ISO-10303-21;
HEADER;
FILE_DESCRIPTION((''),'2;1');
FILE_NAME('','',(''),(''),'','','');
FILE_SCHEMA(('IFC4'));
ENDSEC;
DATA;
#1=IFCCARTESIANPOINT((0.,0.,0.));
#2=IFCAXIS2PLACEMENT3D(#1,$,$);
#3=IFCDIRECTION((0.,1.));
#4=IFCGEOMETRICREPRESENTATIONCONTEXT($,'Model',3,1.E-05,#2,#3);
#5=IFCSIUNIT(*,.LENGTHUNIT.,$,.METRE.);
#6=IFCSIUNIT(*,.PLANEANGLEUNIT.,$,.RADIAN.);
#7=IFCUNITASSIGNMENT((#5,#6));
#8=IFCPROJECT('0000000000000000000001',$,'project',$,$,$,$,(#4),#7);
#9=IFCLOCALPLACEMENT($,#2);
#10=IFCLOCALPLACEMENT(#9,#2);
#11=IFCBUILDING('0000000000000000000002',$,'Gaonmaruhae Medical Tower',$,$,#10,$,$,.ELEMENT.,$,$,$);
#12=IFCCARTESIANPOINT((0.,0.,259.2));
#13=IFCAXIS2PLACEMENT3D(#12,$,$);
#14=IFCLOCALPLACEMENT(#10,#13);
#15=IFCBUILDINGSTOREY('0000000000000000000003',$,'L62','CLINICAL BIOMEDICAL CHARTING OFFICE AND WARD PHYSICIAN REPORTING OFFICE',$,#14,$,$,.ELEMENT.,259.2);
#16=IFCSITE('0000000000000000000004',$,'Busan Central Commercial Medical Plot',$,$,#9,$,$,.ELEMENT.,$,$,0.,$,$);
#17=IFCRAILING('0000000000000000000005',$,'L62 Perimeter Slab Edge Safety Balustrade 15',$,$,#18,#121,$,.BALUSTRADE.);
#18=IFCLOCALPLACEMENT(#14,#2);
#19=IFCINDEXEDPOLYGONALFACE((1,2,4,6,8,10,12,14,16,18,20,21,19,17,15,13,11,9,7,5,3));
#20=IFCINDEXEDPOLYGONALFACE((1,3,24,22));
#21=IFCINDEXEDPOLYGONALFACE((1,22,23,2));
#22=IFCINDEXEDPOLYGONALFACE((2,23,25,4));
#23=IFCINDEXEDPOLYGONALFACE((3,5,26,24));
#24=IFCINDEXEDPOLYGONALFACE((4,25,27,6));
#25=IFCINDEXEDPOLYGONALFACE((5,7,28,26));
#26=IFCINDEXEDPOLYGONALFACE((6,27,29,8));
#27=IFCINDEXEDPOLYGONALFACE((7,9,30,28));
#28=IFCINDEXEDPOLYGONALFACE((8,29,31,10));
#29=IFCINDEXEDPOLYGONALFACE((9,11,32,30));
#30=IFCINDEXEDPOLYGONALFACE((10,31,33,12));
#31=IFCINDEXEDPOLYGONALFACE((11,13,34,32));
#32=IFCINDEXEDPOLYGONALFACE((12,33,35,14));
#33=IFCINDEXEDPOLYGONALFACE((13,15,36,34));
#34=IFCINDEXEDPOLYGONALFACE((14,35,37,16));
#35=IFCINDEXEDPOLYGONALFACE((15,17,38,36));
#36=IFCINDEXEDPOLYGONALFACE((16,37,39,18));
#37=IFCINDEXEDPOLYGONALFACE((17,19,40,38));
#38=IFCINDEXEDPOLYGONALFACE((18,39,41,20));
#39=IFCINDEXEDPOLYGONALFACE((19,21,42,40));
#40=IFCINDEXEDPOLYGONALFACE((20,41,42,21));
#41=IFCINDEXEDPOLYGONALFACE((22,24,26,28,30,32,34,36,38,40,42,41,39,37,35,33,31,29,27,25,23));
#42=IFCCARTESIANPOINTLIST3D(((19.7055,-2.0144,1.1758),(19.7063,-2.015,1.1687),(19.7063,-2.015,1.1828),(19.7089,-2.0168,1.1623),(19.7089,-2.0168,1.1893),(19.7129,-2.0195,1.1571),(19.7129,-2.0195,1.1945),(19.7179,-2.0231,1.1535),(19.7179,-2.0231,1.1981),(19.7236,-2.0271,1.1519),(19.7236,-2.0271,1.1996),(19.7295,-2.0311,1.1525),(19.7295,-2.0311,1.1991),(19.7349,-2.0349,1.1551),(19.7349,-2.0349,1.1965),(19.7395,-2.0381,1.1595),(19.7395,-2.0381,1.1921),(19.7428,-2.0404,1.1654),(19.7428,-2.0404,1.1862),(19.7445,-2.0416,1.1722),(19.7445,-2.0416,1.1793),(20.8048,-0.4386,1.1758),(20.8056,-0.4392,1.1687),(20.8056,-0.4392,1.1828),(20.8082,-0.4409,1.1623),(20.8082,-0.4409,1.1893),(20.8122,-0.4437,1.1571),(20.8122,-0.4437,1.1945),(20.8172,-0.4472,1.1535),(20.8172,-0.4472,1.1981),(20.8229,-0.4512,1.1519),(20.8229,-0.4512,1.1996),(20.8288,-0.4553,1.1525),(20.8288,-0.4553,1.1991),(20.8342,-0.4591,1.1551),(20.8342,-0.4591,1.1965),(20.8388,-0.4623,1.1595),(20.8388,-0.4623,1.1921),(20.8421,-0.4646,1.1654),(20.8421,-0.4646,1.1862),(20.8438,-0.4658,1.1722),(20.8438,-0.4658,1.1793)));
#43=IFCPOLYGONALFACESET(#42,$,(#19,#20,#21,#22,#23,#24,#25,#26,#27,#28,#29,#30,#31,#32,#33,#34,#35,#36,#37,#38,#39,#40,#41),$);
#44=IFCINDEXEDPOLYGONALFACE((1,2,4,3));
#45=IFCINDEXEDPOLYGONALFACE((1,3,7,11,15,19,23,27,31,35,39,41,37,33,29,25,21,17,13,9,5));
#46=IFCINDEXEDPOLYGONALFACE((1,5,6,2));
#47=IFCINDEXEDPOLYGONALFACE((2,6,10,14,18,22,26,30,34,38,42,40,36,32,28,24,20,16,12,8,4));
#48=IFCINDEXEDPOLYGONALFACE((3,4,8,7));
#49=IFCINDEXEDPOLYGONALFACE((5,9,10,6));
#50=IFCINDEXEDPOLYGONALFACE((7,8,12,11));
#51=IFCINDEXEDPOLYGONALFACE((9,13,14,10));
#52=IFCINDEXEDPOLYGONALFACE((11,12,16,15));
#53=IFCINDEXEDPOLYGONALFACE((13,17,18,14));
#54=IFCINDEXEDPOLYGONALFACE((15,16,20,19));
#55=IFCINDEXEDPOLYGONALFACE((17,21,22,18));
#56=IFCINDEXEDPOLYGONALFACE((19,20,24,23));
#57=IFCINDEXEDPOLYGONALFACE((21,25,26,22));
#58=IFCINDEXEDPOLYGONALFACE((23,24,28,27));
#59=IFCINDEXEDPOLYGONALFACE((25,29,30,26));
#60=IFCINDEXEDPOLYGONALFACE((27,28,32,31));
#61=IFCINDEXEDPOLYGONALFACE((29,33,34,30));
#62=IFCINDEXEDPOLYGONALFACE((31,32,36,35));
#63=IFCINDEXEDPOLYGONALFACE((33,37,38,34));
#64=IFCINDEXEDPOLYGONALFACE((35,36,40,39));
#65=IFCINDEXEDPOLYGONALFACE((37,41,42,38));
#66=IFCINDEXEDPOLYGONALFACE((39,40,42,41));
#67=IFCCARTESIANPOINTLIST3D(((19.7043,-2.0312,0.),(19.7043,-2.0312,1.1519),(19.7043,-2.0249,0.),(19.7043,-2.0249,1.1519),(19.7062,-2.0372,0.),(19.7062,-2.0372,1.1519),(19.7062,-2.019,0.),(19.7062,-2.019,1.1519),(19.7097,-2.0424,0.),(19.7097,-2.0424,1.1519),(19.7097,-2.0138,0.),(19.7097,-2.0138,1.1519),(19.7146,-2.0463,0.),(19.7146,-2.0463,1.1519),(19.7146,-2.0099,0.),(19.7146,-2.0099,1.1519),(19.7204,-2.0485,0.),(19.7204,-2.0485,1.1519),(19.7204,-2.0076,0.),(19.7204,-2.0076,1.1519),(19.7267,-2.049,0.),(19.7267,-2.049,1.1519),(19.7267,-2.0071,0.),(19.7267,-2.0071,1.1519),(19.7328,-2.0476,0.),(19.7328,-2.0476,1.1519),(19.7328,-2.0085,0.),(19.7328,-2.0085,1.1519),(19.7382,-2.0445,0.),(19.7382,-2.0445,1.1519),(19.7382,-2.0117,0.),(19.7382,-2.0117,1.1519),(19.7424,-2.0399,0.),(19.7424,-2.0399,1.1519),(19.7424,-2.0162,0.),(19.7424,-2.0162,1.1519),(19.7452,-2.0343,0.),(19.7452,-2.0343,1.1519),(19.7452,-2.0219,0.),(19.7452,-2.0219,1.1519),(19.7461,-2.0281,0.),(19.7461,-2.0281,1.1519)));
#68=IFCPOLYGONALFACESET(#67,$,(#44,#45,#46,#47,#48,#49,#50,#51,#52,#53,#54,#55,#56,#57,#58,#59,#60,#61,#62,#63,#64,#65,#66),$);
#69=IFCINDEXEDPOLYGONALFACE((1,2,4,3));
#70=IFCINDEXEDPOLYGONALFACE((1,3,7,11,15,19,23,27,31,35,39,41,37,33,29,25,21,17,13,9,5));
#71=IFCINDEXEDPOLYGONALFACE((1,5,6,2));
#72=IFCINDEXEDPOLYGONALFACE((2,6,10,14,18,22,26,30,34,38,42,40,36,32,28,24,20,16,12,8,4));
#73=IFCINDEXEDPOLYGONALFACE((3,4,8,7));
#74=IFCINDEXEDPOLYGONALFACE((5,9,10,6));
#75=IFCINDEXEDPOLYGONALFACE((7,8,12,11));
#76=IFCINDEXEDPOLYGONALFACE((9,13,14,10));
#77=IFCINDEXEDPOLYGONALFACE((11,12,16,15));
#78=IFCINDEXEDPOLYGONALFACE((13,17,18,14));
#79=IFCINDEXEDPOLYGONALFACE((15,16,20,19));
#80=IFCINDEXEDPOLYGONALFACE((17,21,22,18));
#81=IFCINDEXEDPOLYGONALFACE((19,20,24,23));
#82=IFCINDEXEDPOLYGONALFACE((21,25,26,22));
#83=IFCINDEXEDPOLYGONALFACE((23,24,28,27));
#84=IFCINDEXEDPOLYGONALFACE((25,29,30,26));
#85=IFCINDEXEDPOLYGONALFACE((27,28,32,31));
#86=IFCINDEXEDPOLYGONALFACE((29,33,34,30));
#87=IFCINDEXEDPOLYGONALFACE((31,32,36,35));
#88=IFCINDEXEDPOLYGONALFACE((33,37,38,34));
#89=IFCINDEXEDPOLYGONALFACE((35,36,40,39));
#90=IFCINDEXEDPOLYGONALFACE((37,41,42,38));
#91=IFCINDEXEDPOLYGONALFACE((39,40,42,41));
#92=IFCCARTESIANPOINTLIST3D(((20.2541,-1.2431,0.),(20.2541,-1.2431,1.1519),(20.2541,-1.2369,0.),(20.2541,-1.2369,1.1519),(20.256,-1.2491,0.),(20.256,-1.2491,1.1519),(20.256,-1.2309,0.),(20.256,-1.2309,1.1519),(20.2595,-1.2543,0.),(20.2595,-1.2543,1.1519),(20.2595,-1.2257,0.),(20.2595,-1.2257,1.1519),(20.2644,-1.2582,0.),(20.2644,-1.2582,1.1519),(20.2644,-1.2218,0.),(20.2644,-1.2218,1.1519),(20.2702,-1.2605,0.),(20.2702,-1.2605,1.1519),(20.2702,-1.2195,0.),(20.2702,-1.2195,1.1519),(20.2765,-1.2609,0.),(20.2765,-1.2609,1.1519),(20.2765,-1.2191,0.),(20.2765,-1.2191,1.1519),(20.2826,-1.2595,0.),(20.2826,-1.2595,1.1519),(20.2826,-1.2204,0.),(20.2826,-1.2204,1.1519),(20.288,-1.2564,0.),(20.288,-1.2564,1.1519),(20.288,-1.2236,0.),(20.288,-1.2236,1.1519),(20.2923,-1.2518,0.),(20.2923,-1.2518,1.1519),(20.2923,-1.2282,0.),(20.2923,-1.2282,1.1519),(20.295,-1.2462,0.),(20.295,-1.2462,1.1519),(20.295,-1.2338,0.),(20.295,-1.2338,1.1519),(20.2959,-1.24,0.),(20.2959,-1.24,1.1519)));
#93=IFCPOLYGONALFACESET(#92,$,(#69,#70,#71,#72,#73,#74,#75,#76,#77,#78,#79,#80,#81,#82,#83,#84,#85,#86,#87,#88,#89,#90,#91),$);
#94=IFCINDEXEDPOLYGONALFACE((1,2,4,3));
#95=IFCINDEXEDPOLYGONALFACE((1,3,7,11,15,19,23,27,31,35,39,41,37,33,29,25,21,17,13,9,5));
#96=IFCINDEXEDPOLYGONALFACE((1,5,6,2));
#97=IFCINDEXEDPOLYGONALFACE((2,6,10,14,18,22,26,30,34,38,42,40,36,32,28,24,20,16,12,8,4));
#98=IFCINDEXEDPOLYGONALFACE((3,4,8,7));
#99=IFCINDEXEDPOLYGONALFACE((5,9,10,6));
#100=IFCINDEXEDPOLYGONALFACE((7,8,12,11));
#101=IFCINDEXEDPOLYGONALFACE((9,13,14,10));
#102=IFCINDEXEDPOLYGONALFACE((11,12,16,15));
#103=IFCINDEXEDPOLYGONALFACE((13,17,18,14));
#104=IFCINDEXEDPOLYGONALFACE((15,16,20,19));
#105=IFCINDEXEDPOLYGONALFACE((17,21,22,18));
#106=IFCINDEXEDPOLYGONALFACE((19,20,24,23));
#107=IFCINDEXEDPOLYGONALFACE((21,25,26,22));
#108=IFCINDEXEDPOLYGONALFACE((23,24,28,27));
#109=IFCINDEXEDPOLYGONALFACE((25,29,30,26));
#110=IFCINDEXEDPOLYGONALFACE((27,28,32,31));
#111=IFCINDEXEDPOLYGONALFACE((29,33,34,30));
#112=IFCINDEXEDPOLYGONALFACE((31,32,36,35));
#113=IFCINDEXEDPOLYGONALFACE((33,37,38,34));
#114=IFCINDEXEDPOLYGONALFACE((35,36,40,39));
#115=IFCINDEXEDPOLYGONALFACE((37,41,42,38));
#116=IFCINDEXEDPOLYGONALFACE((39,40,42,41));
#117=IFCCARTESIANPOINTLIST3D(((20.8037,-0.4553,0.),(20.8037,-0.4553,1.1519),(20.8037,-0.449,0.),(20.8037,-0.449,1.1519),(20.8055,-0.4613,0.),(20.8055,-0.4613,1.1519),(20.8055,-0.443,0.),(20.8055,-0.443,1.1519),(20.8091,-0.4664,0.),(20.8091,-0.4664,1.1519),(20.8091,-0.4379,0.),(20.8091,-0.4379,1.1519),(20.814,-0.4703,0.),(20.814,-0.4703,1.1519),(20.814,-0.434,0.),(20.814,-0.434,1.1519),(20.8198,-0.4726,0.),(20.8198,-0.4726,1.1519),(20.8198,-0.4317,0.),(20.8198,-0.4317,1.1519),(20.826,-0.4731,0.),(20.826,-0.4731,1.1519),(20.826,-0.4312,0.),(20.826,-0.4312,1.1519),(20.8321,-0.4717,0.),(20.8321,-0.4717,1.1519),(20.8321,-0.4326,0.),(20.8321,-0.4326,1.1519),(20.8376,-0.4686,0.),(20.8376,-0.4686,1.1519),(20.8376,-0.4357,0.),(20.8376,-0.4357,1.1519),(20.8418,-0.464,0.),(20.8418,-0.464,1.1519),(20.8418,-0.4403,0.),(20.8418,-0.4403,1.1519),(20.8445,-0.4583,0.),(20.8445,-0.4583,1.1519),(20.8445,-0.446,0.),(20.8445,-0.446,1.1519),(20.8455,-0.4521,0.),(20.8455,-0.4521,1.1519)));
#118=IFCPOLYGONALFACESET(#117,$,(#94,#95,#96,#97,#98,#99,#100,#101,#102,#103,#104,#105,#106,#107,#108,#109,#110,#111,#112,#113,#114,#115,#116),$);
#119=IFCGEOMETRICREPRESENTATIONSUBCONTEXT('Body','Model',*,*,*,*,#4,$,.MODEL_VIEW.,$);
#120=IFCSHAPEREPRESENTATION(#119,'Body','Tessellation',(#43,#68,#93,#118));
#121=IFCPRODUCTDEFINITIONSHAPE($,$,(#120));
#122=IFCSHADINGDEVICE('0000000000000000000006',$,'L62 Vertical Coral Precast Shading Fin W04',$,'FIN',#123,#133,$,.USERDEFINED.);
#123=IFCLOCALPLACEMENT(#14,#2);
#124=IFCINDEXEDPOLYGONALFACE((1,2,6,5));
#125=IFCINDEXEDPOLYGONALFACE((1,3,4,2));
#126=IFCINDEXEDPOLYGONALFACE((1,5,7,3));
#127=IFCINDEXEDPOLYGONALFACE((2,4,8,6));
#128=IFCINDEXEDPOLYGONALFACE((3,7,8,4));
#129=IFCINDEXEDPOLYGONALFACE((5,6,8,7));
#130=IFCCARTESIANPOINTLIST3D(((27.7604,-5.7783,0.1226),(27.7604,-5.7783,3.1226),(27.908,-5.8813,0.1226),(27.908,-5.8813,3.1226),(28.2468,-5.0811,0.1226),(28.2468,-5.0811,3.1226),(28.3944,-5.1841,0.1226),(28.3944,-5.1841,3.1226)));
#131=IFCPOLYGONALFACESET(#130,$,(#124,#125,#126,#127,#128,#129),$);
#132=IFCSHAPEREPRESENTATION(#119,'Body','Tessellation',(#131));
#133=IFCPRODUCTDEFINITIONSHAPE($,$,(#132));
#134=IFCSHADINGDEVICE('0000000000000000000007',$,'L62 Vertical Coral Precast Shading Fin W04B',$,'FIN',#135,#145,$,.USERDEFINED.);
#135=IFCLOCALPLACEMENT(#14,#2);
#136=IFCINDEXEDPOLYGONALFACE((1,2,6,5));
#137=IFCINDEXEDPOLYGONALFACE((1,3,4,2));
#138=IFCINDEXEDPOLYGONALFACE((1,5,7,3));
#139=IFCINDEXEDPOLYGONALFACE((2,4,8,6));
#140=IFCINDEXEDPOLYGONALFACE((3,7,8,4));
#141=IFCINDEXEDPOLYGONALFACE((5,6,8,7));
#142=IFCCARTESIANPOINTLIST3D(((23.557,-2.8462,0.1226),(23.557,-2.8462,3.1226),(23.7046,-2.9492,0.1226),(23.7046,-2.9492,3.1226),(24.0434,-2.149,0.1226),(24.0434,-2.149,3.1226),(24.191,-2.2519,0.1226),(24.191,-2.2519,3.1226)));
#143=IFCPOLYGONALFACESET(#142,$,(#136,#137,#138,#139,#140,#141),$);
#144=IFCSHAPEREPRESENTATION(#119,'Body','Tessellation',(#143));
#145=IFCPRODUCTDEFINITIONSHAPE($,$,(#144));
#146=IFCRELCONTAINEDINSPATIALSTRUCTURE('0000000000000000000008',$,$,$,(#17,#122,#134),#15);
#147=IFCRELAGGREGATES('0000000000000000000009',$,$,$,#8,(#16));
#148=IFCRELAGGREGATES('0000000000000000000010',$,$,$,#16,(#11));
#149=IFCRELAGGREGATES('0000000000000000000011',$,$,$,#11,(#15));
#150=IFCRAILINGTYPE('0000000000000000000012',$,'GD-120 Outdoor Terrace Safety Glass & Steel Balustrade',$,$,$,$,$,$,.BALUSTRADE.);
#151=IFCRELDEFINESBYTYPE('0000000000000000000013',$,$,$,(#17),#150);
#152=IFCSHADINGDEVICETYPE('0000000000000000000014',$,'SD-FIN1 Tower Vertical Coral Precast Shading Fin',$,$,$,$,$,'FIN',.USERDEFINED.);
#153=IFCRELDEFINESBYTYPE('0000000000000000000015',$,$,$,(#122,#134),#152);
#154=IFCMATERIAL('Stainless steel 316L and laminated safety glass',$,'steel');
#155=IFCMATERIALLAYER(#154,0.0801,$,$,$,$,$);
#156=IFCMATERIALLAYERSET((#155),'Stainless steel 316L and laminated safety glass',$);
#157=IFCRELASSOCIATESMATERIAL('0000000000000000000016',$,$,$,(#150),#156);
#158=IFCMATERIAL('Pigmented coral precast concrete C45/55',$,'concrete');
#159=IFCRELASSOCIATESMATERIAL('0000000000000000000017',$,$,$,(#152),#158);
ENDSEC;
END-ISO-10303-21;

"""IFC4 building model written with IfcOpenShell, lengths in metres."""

from ifc_helpers import new_model, si_unit, direction, frame, origin, origin_2d, place, context, subcontext, project, spatial, rectangle, circle, extrude, material, layer, layer_set, type_object, element, save


model = new_model("IFC4")

# Units and contexts
model_context = context("Model", 3, precision=1e-05, world=origin(), true_north=direction((0.0, 1.0)))
body_context = subcontext(model_context, "Body", "Model", "MODEL_VIEW")
ifc_project = project(units=[si_unit("LENGTHUNIT", "METRE"), si_unit("PLANEANGLEUNIT", "RADIAN")], contexts=[model_context])

# Site, building, storey
site_placement = place(None, origin())
site = spatial("IfcSite", under=ifc_project, at=site_placement, Name="Busan Central Commercial Medical Plot", CompositionType="ELEMENT", RefElevation=0.0)
building_placement = place(site_placement, origin())
building = spatial("IfcBuilding", under=site, at=building_placement, Name="Gaonmaruhae Medical Tower", CompositionType="ELEMENT")
storey_placement = place(building_placement, frame((0.0, 0.0, 259.2)))
storey = spatial("IfcBuildingStorey", under=building, at=storey_placement, Name="L62", Description="CLINICAL BIOMEDICAL CHARTING OFFICE AND WARD PHYSICIAN REPORTING OFFICE", CompositionType="ELEMENT", Elevation=259.2)

# Railing
ifc_material_1 = material(Name="Stainless steel 316L and laminated safety glass", Category="steel")
ifc_layer_1 = layer(ifc_material_1, 0.0801)
ifc_layer_set_1 = layer_set([ifc_layer_1], Name="Stainless steel 316L and laminated safety glass")
railing_type = type_object("IfcRailingType", Name="GD-120 Outdoor Terrace Safety Glass & Steel Balustrade", PredefinedType="BALUSTRADE", material=ifc_layer_set_1)
railing_1_placement = place(storey_placement, frame((19.7251, -2.0281, 0.0)))
element("IfcRailing", 1, at=railing_1_placement, inside=storey, type_object=railing_type, Name="L62 Perimeter Slab Edge Safety Balustrade 15", PredefinedType="BALUSTRADE", context=body_context, shape_type="SweptSolid", body=[
    extrude(circle(Radius=0.0239, at=origin_2d()), frame((0.0, 0.0, 1.1758), z_axis=(0.57214, 0.820156, 0.0), x_axis=(-0.820156, 0.57214, 0.0)), (0.0, 0.0, 1.0), 1.9214),
    extrude(circle(Radius=0.021, at=origin_2d()), origin(), (0.0, 0.0, 1.0), 1.1519),
    extrude(circle(Radius=0.021, at=origin_2d()), frame((0.5498, 0.7881, 0.0)), (0.0, 0.0, 1.0), 1.1519),
    extrude(circle(Radius=0.021, at=origin_2d()), frame((1.0994, 1.5759, 0.0)), (0.0, 0.0, 1.0), 1.1519),
])

# Shading devices
ifc_material_2 = material(Name="Pigmented coral precast concrete C45/55", Category="concrete")
shading_device_type = type_object("IfcShadingDeviceType", Name="SD-FIN1 Tower Vertical Coral Precast Shading Fin", ElementType="FIN", PredefinedType="USERDEFINED", material=ifc_material_2)
for number, where, z_axis, x_axis, name in (
    (2, (28.0774, -5.4812, 0.1226), (0.0, 0.0, 1.0), (-0.820152, 0.572146, 0.0), "L62 Vertical Coral Precast Shading Fin W04"),
    (3, (23.874, -2.5491, 0.1226), (0.0, 0.0, 1.0), (-0.820152, 0.572146, 0.0), "L62 Vertical Coral Precast Shading Fin W04B"),
):
    element("IfcShadingDevice", number, at=place(storey_placement, frame(where, z_axis=z_axis, x_axis=x_axis)), inside=storey, type_object=shading_device_type, Name=name, ObjectType="FIN", PredefinedType="USERDEFINED", context=body_context, shape_type="SweptSolid", body=[
        extrude(rectangle(XDim=0.1799, YDim=0.8501, at=origin_2d()), origin(), (0.0, 0.0, 1.0), 3.0),
    ])

save(model, "model.ifc")
